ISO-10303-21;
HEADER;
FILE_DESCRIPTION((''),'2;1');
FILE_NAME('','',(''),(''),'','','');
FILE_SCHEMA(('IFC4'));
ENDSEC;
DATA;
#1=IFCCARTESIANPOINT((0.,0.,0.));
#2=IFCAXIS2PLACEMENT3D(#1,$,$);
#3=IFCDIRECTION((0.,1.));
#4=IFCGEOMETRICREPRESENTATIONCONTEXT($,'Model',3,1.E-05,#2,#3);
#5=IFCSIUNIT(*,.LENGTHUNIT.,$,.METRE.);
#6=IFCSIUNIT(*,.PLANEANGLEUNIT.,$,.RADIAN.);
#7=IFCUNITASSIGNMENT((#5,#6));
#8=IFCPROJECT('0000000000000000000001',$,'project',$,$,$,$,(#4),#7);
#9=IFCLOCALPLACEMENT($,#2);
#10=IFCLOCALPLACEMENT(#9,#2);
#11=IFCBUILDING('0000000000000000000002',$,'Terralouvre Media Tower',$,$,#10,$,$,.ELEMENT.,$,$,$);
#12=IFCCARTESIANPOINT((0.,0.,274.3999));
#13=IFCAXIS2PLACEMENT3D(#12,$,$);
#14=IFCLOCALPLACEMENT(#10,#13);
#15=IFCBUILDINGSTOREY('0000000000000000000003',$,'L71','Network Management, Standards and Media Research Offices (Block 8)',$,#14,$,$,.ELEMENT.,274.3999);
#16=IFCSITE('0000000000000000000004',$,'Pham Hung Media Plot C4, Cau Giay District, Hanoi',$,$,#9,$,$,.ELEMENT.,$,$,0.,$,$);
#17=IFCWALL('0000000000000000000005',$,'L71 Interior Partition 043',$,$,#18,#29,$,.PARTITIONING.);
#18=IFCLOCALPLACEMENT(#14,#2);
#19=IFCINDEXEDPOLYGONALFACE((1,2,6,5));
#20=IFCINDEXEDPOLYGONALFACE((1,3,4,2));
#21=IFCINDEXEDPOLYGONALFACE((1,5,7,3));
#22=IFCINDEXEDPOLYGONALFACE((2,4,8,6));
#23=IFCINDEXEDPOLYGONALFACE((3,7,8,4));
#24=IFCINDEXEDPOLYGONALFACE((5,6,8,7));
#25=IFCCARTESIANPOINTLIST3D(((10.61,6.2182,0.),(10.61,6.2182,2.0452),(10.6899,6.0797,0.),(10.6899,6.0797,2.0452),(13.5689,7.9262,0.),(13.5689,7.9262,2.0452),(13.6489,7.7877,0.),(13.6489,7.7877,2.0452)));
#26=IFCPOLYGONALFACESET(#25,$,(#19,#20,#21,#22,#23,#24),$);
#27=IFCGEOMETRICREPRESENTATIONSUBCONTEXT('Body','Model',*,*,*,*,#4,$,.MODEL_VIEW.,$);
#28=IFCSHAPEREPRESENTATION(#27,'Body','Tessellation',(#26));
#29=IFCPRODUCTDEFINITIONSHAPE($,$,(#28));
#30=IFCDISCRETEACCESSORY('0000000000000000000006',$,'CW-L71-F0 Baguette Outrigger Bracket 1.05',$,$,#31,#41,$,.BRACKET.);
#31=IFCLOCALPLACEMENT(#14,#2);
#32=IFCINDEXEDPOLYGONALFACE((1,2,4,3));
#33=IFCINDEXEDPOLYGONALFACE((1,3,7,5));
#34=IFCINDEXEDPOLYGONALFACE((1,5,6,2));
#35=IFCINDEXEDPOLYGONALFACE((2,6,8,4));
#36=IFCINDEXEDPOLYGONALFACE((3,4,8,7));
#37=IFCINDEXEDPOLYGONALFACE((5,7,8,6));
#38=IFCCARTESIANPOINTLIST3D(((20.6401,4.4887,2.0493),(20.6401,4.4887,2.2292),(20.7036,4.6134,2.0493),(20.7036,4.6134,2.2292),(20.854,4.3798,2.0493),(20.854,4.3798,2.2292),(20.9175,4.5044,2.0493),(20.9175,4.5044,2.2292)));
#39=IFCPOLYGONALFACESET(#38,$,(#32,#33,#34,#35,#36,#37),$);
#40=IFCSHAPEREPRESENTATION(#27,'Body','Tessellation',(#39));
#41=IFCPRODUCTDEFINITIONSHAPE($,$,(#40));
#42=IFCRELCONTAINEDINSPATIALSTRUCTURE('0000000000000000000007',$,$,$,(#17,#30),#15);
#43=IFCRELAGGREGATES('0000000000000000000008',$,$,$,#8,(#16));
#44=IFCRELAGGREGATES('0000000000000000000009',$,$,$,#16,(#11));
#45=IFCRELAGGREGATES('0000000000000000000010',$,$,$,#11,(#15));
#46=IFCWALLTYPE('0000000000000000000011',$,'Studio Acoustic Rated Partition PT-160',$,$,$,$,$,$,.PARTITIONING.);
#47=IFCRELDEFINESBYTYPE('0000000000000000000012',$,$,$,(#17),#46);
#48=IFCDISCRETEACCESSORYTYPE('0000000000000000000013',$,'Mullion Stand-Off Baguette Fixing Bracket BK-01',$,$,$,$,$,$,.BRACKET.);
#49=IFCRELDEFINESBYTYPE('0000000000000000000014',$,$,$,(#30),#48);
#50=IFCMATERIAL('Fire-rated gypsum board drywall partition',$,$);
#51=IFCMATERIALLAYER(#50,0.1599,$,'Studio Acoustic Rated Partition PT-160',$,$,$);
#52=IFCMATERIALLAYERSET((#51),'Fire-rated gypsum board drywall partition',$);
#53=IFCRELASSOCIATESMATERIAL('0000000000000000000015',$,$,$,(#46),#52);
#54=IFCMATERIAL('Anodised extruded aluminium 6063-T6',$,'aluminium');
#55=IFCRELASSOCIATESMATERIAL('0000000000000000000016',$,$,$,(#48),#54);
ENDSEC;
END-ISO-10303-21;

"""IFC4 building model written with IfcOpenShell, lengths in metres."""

from ifc_helpers import new_model, si_unit, direction, frame, frame_2d, origin, origin_2d, place, context, subcontext, project, spatial, rectangle, extrude, material, layer, layer_set, type_object, element, save


model = new_model("IFC4")

# Units and contexts
model_context = context("Model", 3, precision=1e-05, world=origin(), true_north=direction((0.0, 1.0)))
body_context = subcontext(model_context, "Body", "Model", "MODEL_VIEW")
ifc_project = project(units=[si_unit("LENGTHUNIT", "METRE"), si_unit("PLANEANGLEUNIT", "RADIAN")], contexts=[model_context])

# Site, building, storey
site_placement = place(None, origin())
site = spatial("IfcSite", under=ifc_project, at=site_placement, Name="Pham Hung Media Plot C4, Cau Giay District, Hanoi", CompositionType="ELEMENT", RefElevation=0.0)
building_placement = place(site_placement, origin())
building = spatial("IfcBuilding", under=site, at=building_placement, Name="Terralouvre Media Tower", CompositionType="ELEMENT")
storey_placement = place(building_placement, frame((0.0, 0.0, 274.3999)))
storey = spatial("IfcBuildingStorey", under=building, at=storey_placement, Name="L71", Description="Network Management, Standards and Media Research Offices (Block 8)", CompositionType="ELEMENT", Elevation=274.3999)

# Wall
ifc_material_1 = material(Name="Fire-rated gypsum board drywall partition")
ifc_layer_1 = layer(ifc_material_1, 0.1599, Name="Studio Acoustic Rated Partition PT-160")
ifc_layer_set_1 = layer_set([ifc_layer_1], Name="Fire-rated gypsum board drywall partition")
wall_type_1 = type_object("IfcWallType", Name="Studio Acoustic Rated Partition PT-160", PredefinedType="PARTITIONING", material=ifc_layer_set_1)
wall_1_placement = place(storey_placement, frame((13.6089, 7.8569, 0.0), z_axis=(0.0, 0.0, 1.0), x_axis=(-0.866071, -0.49992, 0.0)))
element("IfcWall", 1, at=wall_1_placement, inside=storey, type_object=wall_type_1, Name="L71 Interior Partition 043", PredefinedType="PARTITIONING", context=body_context, shape_type="SweptSolid", body=[
    extrude(rectangle(XDim=3.4165, YDim=0.1599, at=frame_2d((1.7083, 0.0))), origin(), (0.0, 0.0, 1.0), 2.0452),
])

# Discrete accessory
ifc_material_2 = material(Name="Anodised extruded aluminium 6063-T6", Category="aluminium")
discrete_accessory_type = type_object("IfcDiscreteAccessoryType", Name="Mullion Stand-Off Baguette Fixing Bracket BK-01", PredefinedType="BRACKET", material=ifc_material_2)
discrete_accessory_placement = place(storey_placement, frame((20.7788, 4.4966, 2.0493), z_axis=(0.0, 0.0, 1.0), x_axis=(0.45399, 0.891007, 0.0)))
element("IfcDiscreteAccessory", 2, at=discrete_accessory_placement, inside=storey, type_object=discrete_accessory_type, Name="CW-L71-F0 Baguette Outrigger Bracket 1.05", PredefinedType="BRACKET", context=body_context, shape_type="SweptSolid", body=[
    extrude(rectangle(XDim=0.1399, YDim=0.24, at=origin_2d()), origin(), (0.0, 0.0, 1.0), 0.1799),
])

save(model, "model.ifc")
